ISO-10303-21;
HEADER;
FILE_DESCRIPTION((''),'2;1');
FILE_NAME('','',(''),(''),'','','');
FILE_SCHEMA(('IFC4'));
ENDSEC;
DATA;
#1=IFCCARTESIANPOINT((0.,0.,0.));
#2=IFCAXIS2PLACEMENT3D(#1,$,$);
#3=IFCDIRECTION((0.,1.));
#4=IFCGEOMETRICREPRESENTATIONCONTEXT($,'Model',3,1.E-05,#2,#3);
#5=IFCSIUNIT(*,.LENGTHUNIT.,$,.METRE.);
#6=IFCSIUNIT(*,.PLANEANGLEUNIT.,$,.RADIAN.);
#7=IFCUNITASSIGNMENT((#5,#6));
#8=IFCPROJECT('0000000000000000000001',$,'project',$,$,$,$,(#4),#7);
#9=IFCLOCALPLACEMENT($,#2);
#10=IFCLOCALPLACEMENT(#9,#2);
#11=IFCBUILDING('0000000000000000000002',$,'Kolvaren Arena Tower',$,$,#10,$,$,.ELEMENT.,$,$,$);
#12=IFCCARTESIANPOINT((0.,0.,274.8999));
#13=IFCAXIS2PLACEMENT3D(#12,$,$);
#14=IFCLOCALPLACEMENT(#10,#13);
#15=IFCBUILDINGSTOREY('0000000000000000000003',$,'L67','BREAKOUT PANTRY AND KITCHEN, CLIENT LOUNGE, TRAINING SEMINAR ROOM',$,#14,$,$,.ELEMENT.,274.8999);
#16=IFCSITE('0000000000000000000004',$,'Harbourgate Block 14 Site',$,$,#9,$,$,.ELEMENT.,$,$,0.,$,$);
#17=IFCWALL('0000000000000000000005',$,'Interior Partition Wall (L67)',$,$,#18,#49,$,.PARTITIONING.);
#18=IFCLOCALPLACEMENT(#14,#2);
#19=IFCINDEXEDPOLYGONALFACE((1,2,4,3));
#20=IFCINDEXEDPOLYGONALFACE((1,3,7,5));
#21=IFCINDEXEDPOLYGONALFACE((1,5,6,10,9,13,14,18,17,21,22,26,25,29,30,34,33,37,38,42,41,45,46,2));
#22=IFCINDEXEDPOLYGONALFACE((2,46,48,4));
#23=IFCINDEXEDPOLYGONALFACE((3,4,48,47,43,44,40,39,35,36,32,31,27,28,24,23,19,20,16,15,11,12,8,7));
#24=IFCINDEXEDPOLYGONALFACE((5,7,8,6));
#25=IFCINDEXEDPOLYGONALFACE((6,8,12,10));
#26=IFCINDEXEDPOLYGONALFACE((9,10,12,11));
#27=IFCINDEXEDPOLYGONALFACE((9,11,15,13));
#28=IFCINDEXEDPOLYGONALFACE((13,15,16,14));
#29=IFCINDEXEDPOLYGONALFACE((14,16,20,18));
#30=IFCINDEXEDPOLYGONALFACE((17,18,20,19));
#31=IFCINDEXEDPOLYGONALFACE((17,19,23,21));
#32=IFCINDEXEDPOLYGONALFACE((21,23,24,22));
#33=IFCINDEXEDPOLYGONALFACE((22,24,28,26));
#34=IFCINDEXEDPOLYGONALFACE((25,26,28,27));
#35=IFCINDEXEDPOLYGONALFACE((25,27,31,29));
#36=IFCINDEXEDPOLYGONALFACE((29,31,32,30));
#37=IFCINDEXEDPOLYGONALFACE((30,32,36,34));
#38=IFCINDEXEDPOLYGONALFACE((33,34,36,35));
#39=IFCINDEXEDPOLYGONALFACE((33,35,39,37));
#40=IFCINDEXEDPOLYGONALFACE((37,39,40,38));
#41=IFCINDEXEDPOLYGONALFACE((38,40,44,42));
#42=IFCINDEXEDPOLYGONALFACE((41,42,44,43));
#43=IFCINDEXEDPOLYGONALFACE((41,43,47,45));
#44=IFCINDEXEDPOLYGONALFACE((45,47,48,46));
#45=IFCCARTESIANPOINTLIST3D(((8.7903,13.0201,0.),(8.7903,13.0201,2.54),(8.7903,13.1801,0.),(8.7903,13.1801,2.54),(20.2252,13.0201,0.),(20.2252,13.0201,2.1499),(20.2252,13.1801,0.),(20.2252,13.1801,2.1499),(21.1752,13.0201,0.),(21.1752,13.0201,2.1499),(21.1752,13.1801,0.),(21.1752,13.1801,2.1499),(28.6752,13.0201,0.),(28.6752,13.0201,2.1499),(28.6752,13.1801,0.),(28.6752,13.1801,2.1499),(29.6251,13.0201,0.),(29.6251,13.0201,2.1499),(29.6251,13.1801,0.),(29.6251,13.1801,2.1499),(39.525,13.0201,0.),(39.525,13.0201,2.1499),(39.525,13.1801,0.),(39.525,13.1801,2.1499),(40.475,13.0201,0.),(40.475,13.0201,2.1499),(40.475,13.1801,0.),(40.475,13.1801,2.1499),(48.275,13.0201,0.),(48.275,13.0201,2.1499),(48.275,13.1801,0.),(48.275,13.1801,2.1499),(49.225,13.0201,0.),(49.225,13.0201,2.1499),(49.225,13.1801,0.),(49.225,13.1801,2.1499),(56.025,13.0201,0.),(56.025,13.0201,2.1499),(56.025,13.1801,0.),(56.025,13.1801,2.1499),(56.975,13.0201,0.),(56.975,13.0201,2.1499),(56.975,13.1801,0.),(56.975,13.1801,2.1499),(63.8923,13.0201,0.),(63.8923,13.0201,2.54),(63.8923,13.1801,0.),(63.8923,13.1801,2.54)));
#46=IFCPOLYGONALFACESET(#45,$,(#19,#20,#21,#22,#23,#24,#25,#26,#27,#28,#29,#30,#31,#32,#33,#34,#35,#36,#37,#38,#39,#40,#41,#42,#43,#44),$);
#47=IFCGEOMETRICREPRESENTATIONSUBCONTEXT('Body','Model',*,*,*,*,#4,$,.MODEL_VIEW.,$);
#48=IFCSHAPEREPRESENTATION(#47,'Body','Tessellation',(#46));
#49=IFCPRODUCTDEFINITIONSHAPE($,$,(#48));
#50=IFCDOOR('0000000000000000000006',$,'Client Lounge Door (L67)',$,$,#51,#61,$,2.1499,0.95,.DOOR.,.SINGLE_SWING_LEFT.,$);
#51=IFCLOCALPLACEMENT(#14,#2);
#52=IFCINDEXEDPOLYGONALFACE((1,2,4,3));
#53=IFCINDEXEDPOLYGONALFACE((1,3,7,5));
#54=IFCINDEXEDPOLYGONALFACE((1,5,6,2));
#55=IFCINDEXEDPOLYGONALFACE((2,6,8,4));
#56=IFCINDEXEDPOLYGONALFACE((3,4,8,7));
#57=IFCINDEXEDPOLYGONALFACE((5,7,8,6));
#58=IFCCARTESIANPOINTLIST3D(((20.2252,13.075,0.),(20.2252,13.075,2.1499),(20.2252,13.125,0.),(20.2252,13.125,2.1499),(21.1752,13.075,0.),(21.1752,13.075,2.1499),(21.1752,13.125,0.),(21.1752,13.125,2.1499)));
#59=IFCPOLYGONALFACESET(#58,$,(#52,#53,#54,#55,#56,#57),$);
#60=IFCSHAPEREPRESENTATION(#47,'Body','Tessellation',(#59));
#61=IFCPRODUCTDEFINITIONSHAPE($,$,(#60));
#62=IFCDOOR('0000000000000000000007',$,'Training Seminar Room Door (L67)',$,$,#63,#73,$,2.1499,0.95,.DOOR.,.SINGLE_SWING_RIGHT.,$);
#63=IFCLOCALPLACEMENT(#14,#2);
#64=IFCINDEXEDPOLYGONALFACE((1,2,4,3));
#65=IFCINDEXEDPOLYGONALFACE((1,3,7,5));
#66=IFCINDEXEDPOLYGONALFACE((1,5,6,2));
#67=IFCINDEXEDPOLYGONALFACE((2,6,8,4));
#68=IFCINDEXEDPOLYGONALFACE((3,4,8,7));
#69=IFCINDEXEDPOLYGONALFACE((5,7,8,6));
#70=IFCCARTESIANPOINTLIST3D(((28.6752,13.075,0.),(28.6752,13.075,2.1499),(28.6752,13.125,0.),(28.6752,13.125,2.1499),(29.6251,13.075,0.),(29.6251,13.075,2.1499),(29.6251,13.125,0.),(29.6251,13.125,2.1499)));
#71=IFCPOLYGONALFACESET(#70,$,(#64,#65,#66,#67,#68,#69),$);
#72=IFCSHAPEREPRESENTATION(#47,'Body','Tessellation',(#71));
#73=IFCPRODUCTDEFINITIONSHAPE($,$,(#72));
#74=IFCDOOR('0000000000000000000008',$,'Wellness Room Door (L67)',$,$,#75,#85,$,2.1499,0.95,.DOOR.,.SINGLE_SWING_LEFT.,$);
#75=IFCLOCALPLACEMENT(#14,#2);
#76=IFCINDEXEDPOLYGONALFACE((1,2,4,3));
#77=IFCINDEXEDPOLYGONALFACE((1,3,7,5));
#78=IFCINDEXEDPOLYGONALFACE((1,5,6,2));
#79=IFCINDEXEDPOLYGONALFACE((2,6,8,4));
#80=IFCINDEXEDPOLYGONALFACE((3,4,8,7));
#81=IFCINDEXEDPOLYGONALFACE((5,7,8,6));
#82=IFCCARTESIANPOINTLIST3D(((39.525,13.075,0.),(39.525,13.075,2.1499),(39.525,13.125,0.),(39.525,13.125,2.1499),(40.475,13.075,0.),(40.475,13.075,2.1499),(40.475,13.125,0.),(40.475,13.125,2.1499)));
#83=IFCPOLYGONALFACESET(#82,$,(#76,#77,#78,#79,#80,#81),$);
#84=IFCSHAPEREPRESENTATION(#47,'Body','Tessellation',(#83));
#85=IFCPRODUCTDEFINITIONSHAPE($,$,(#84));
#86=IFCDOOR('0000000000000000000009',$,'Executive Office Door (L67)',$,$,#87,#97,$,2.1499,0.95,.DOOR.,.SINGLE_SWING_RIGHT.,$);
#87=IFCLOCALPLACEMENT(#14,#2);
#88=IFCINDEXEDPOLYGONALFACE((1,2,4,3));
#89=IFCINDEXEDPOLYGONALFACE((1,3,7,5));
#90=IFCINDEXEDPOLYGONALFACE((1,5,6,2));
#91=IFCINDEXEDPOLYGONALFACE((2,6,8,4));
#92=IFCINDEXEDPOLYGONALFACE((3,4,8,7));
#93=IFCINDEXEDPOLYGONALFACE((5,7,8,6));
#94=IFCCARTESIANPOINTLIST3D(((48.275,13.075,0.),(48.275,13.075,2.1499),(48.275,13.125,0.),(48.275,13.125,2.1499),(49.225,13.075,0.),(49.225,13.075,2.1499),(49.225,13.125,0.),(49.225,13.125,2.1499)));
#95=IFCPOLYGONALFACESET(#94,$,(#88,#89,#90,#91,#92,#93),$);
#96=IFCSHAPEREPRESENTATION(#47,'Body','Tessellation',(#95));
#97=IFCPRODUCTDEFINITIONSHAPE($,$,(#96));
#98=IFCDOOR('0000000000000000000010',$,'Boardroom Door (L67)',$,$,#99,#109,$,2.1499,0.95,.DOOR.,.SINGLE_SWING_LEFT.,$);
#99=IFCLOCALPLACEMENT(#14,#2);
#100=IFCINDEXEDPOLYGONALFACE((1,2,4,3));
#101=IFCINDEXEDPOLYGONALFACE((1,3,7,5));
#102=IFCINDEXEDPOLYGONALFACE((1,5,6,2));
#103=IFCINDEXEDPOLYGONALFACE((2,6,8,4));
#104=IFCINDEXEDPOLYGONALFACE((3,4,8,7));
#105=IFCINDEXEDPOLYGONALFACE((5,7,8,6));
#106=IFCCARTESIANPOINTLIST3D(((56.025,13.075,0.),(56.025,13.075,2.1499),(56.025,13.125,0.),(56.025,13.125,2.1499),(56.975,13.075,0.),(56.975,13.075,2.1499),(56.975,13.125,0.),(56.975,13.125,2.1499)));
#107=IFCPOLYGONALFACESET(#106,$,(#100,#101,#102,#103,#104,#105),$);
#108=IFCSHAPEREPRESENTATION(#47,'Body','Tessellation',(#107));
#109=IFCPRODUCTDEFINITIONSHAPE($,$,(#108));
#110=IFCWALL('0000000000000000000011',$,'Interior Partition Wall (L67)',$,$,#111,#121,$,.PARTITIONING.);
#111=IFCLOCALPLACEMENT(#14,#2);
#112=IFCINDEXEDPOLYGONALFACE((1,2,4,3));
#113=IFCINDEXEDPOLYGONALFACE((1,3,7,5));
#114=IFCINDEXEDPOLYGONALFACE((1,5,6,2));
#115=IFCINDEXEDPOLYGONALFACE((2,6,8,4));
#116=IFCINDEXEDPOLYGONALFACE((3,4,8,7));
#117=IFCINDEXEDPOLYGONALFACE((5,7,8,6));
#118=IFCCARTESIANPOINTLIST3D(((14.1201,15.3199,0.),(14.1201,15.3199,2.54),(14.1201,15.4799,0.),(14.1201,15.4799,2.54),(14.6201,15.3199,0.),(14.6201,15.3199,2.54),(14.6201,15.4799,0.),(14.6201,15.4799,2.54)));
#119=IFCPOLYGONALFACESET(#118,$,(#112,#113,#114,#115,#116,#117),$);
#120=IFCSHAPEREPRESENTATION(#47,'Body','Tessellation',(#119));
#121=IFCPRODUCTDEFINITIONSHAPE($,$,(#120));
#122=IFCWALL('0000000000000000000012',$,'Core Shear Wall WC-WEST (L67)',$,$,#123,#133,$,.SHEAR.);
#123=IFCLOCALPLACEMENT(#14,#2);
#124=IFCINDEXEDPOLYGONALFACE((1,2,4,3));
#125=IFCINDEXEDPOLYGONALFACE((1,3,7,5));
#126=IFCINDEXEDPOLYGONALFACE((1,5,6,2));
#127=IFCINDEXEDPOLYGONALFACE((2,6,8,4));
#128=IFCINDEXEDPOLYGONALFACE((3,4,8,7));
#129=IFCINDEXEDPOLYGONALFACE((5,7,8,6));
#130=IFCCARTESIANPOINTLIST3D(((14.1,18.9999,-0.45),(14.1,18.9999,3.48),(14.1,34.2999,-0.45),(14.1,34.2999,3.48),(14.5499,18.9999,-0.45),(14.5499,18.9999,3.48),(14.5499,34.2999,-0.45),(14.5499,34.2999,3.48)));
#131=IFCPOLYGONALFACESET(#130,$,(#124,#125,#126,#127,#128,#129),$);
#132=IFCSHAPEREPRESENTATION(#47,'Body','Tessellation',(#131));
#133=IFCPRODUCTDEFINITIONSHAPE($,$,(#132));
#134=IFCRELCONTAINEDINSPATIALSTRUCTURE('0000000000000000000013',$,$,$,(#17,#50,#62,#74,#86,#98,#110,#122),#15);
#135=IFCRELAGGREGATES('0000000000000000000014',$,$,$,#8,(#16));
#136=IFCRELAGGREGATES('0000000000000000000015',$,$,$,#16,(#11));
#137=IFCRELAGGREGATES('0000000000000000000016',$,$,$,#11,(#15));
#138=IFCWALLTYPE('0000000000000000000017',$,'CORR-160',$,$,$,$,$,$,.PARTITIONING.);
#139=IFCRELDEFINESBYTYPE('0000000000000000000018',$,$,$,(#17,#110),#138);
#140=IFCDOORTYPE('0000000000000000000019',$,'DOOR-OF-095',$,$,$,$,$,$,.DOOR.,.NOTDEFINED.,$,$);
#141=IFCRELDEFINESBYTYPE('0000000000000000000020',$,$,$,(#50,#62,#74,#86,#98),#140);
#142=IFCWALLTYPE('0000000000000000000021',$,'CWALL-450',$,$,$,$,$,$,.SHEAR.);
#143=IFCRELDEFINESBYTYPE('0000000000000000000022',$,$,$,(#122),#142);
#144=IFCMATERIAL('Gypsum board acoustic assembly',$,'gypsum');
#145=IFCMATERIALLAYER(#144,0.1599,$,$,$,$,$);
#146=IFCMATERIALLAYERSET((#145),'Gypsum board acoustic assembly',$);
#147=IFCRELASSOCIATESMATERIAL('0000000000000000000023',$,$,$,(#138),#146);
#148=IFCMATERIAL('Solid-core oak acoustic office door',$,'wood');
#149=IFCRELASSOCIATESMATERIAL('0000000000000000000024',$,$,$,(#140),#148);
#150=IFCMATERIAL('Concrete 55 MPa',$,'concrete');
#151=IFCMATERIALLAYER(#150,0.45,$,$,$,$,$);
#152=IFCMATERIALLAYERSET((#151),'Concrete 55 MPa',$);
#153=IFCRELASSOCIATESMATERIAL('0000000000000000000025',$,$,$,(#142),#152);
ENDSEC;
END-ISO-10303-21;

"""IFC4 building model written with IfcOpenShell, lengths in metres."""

from ifc_helpers import new_model, si_unit, direction, frame, frame_2d, origin, place, context, subcontext, project, spatial, rectangle, extrude, material, layer, layer_set, type_object, element, fill, save


model = new_model("IFC4")

# Units and contexts
model_context = context("Model", 3, precision=1e-05, world=origin(), true_north=direction((0.0, 1.0)))
body_context = subcontext(model_context, "Body", "Model", "MODEL_VIEW")
ifc_project = project(units=[si_unit("LENGTHUNIT", "METRE"), si_unit("PLANEANGLEUNIT", "RADIAN")], contexts=[model_context])

# Site, building, storey
site_placement = place(None, origin())
site = spatial("IfcSite", under=ifc_project, at=site_placement, Name="Harbourgate Block 14 Site", CompositionType="ELEMENT", RefElevation=0.0)
building_placement = place(site_placement, origin())
building = spatial("IfcBuilding", under=site, at=building_placement, Name="Kolvaren Arena Tower", CompositionType="ELEMENT")
storey_placement = place(building_placement, frame((0.0, 0.0, 274.8999)))
storey = spatial("IfcBuildingStorey", under=building, at=storey_placement, Name="L67", Description="BREAKOUT PANTRY AND KITCHEN, CLIENT LOUNGE, TRAINING SEMINAR ROOM", CompositionType="ELEMENT", Elevation=274.8999)

# Wall, openings, doors
ifc_material_1 = material(Name="Gypsum board acoustic assembly", Category="gypsum")
ifc_layer_1 = layer(ifc_material_1, 0.1599)
ifc_layer_set_1 = layer_set([ifc_layer_1], Name="Gypsum board acoustic assembly")
wall_type_1 = type_object("IfcWallType", Name="CORR-160", PredefinedType="PARTITIONING", material=ifc_layer_set_1)
wall_1_placement = place(storey_placement, frame((8.7903, 13.1001, 0.0), z_axis=(0.0, 0.0, 1.0), x_axis=(1.0, 0.0, 0.0)))
wall_1 = element("IfcWall", 1, at=wall_1_placement, inside=storey, type_object=wall_type_1, Name="Interior Partition Wall (L67)", PredefinedType="PARTITIONING", context=body_context, shape_type="SweptSolid", body=[
    extrude(rectangle(XDim=55.1021, YDim=0.1599, at=frame_2d((27.551, 0.0))), origin(), (0.0, 0.0, 1.0), 2.54),
])
opening_1_placement = place(wall_1_placement, frame((11.4348, 0.0, 0.0)))
opening_1 = element("IfcOpeningElement", 2, at=opening_1_placement, cuts=wall_1, PredefinedType="OPENING", context=body_context, shape_type="SweptSolid", body=[
    extrude(rectangle(XDim=0.95, YDim=2.1499, at=frame_2d((0.4751, 1.075))), frame((0.0, 0.0898, 0.0), z_axis=(0.0, -1.0, 0.0), x_axis=(1.0, 0.0, 0.0)), (0.0, 0.0, 1.0), 0.1799),
])
opening_2_placement = place(wall_1_placement, frame((19.8848, 0.0, 0.0)))
opening_2 = element("IfcOpeningElement", 3, at=opening_2_placement, cuts=wall_1, PredefinedType="OPENING", context=body_context, shape_type="SweptSolid", body=[
    extrude(rectangle(XDim=0.95, YDim=2.1499, at=frame_2d((0.4751, 1.075))), frame((0.0, 0.0898, 0.0), z_axis=(0.0, -1.0, 0.0), x_axis=(1.0, 0.0, 0.0)), (0.0, 0.0, 1.0), 0.1799),
])
opening_3_placement = place(wall_1_placement, frame((30.7346, 0.0, 0.0)))
opening_3 = element("IfcOpeningElement", 4, at=opening_3_placement, cuts=wall_1, PredefinedType="OPENING", context=body_context, shape_type="SweptSolid", body=[
    extrude(rectangle(XDim=0.95, YDim=2.1499, at=frame_2d((0.4751, 1.075))), frame((0.0, 0.0898, 0.0), z_axis=(0.0, -1.0, 0.0), x_axis=(1.0, 0.0, 0.0)), (0.0, 0.0, 1.0), 0.1799),
])
opening_4_placement = place(wall_1_placement, frame((39.4846, 0.0, 0.0)))
opening_4 = element("IfcOpeningElement", 5, at=opening_4_placement, cuts=wall_1, PredefinedType="OPENING", context=body_context, shape_type="SweptSolid", body=[
    extrude(rectangle(XDim=0.95, YDim=2.1499, at=frame_2d((0.4751, 1.075))), frame((0.0, 0.0898, 0.0), z_axis=(0.0, -1.0, 0.0), x_axis=(1.0, 0.0, 0.0)), (0.0, 0.0, 1.0), 0.1799),
])
opening_5_placement = place(wall_1_placement, frame((47.2346, 0.0, 0.0)))
opening_5 = element("IfcOpeningElement", 6, at=opening_5_placement, cuts=wall_1, PredefinedType="OPENING", context=body_context, shape_type="SweptSolid", body=[
    extrude(rectangle(XDim=0.95, YDim=2.1499, at=frame_2d((0.4751, 1.075))), frame((0.0, 0.0898, 0.0), z_axis=(0.0, -1.0, 0.0), x_axis=(1.0, 0.0, 0.0)), (0.0, 0.0, 1.0), 0.1799),
])
ifc_material_2 = material(Name="Solid-core oak acoustic office door", Category="wood")
door_type_1 = type_object("IfcDoorType", Name="DOOR-OF-095", OperationType="NOTDEFINED", PredefinedType="DOOR", material=ifc_material_2)
door_1_placement = place(opening_1_placement, origin())
door_1 = element("IfcDoor", 7, at=door_1_placement, inside=storey, type_object=door_type_1, Name="Client Lounge Door (L67)", OperationType="SINGLE_SWING_LEFT", OverallHeight=2.1499, OverallWidth=0.95, PredefinedType="DOOR", context=body_context, shape_type="SweptSolid", body=[
    extrude(rectangle(XDim=0.95, YDim=2.1499, at=frame_2d((0.4751, 1.075))), frame((0.0, 0.0249, 0.0), z_axis=(0.0, -1.0, 0.0), x_axis=(1.0, 0.0, 0.0)), (0.0, 0.0, 1.0), 0.05),
])
fill(opening_1, door_1)
door_2_placement = place(opening_2_placement, origin())
door_2 = element("IfcDoor", 8, at=door_2_placement, inside=storey, type_object=door_type_1, Name="Training Seminar Room Door (L67)", OperationType="SINGLE_SWING_RIGHT", OverallHeight=2.1499, OverallWidth=0.95, PredefinedType="DOOR", context=body_context, shape_type="SweptSolid", body=[
    extrude(rectangle(XDim=0.95, YDim=2.1499, at=frame_2d((0.4751, 1.075))), frame((0.0, 0.0249, 0.0), z_axis=(0.0, -1.0, 0.0), x_axis=(1.0, 0.0, 0.0)), (0.0, 0.0, 1.0), 0.05),
])
fill(opening_2, door_2)
door_3_placement = place(opening_3_placement, origin())
door_3 = element("IfcDoor", 9, at=door_3_placement, inside=storey, type_object=door_type_1, Name="Wellness Room Door (L67)", OperationType="SINGLE_SWING_LEFT", OverallHeight=2.1499, OverallWidth=0.95, PredefinedType="DOOR", context=body_context, shape_type="SweptSolid", body=[
    extrude(rectangle(XDim=0.95, YDim=2.1499, at=frame_2d((0.4751, 1.075))), frame((0.0, 0.0249, 0.0), z_axis=(0.0, -1.0, 0.0), x_axis=(1.0, 0.0, 0.0)), (0.0, 0.0, 1.0), 0.05),
])
fill(opening_3, door_3)
door_4_placement = place(opening_4_placement, origin())
door_4 = element("IfcDoor", 10, at=door_4_placement, inside=storey, type_object=door_type_1, Name="Executive Office Door (L67)", OperationType="SINGLE_SWING_RIGHT", OverallHeight=2.1499, OverallWidth=0.95, PredefinedType="DOOR", context=body_context, shape_type="SweptSolid", body=[
    extrude(rectangle(XDim=0.95, YDim=2.1499, at=frame_2d((0.4751, 1.075))), frame((0.0, 0.0249, 0.0), z_axis=(0.0, -1.0, 0.0), x_axis=(1.0, 0.0, 0.0)), (0.0, 0.0, 1.0), 0.05),
])
fill(opening_4, door_4)
door_5_placement = place(opening_5_placement, origin())
door_5 = element("IfcDoor", 11, at=door_5_placement, inside=storey, type_object=door_type_1, Name="Boardroom Door (L67)", OperationType="SINGLE_SWING_LEFT", OverallHeight=2.1499, OverallWidth=0.95, PredefinedType="DOOR", context=body_context, shape_type="SweptSolid", body=[
    extrude(rectangle(XDim=0.95, YDim=2.1499, at=frame_2d((0.4751, 1.075))), frame((0.0, 0.0249, 0.0), z_axis=(0.0, -1.0, 0.0), x_axis=(1.0, 0.0, 0.0)), (0.0, 0.0, 1.0), 0.05),
])
fill(opening_5, door_5)

# Walls
wall_2_placement = place(storey_placement, frame((14.1201, 15.3999, 0.0), z_axis=(0.0, 0.0, 1.0), x_axis=(1.0, 0.0, 0.0)))
element("IfcWall", 12, at=wall_2_placement, inside=storey, type_object=wall_type_1, Name="Interior Partition Wall (L67)", PredefinedType="PARTITIONING", context=body_context, shape_type="SweptSolid", body=[
    extrude(rectangle(XDim=0.5, YDim=0.1599, at=frame_2d((0.25, 0.0))), origin(), (0.0, 0.0, 1.0), 2.54),
])
ifc_material_3 = material(Name="Concrete 55 MPa", Category="concrete")
ifc_layer_2 = layer(ifc_material_3, 0.45)
ifc_layer_set_2 = layer_set([ifc_layer_2], Name="Concrete 55 MPa")
wall_type_2 = type_object("IfcWallType", Name="CWALL-450", PredefinedType="SHEAR", material=ifc_layer_set_2)
wall_3_placement = place(storey_placement, frame((14.325, 19.0, -0.45), z_axis=(0.0, 0.0, 1.0), x_axis=(0.0, 1.0, 0.0)))
element("IfcWall", 13, at=wall_3_placement, inside=storey, type_object=wall_type_2, Name="Core Shear Wall WC-WEST (L67)", PredefinedType="SHEAR", context=body_context, shape_type="SweptSolid", body=[
    extrude(rectangle(XDim=15.3, YDim=0.45, at=frame_2d((7.6499, 0.0))), origin(), (0.0, 0.0, 1.0), 3.9299),
])

save(model, "model.ifc")
